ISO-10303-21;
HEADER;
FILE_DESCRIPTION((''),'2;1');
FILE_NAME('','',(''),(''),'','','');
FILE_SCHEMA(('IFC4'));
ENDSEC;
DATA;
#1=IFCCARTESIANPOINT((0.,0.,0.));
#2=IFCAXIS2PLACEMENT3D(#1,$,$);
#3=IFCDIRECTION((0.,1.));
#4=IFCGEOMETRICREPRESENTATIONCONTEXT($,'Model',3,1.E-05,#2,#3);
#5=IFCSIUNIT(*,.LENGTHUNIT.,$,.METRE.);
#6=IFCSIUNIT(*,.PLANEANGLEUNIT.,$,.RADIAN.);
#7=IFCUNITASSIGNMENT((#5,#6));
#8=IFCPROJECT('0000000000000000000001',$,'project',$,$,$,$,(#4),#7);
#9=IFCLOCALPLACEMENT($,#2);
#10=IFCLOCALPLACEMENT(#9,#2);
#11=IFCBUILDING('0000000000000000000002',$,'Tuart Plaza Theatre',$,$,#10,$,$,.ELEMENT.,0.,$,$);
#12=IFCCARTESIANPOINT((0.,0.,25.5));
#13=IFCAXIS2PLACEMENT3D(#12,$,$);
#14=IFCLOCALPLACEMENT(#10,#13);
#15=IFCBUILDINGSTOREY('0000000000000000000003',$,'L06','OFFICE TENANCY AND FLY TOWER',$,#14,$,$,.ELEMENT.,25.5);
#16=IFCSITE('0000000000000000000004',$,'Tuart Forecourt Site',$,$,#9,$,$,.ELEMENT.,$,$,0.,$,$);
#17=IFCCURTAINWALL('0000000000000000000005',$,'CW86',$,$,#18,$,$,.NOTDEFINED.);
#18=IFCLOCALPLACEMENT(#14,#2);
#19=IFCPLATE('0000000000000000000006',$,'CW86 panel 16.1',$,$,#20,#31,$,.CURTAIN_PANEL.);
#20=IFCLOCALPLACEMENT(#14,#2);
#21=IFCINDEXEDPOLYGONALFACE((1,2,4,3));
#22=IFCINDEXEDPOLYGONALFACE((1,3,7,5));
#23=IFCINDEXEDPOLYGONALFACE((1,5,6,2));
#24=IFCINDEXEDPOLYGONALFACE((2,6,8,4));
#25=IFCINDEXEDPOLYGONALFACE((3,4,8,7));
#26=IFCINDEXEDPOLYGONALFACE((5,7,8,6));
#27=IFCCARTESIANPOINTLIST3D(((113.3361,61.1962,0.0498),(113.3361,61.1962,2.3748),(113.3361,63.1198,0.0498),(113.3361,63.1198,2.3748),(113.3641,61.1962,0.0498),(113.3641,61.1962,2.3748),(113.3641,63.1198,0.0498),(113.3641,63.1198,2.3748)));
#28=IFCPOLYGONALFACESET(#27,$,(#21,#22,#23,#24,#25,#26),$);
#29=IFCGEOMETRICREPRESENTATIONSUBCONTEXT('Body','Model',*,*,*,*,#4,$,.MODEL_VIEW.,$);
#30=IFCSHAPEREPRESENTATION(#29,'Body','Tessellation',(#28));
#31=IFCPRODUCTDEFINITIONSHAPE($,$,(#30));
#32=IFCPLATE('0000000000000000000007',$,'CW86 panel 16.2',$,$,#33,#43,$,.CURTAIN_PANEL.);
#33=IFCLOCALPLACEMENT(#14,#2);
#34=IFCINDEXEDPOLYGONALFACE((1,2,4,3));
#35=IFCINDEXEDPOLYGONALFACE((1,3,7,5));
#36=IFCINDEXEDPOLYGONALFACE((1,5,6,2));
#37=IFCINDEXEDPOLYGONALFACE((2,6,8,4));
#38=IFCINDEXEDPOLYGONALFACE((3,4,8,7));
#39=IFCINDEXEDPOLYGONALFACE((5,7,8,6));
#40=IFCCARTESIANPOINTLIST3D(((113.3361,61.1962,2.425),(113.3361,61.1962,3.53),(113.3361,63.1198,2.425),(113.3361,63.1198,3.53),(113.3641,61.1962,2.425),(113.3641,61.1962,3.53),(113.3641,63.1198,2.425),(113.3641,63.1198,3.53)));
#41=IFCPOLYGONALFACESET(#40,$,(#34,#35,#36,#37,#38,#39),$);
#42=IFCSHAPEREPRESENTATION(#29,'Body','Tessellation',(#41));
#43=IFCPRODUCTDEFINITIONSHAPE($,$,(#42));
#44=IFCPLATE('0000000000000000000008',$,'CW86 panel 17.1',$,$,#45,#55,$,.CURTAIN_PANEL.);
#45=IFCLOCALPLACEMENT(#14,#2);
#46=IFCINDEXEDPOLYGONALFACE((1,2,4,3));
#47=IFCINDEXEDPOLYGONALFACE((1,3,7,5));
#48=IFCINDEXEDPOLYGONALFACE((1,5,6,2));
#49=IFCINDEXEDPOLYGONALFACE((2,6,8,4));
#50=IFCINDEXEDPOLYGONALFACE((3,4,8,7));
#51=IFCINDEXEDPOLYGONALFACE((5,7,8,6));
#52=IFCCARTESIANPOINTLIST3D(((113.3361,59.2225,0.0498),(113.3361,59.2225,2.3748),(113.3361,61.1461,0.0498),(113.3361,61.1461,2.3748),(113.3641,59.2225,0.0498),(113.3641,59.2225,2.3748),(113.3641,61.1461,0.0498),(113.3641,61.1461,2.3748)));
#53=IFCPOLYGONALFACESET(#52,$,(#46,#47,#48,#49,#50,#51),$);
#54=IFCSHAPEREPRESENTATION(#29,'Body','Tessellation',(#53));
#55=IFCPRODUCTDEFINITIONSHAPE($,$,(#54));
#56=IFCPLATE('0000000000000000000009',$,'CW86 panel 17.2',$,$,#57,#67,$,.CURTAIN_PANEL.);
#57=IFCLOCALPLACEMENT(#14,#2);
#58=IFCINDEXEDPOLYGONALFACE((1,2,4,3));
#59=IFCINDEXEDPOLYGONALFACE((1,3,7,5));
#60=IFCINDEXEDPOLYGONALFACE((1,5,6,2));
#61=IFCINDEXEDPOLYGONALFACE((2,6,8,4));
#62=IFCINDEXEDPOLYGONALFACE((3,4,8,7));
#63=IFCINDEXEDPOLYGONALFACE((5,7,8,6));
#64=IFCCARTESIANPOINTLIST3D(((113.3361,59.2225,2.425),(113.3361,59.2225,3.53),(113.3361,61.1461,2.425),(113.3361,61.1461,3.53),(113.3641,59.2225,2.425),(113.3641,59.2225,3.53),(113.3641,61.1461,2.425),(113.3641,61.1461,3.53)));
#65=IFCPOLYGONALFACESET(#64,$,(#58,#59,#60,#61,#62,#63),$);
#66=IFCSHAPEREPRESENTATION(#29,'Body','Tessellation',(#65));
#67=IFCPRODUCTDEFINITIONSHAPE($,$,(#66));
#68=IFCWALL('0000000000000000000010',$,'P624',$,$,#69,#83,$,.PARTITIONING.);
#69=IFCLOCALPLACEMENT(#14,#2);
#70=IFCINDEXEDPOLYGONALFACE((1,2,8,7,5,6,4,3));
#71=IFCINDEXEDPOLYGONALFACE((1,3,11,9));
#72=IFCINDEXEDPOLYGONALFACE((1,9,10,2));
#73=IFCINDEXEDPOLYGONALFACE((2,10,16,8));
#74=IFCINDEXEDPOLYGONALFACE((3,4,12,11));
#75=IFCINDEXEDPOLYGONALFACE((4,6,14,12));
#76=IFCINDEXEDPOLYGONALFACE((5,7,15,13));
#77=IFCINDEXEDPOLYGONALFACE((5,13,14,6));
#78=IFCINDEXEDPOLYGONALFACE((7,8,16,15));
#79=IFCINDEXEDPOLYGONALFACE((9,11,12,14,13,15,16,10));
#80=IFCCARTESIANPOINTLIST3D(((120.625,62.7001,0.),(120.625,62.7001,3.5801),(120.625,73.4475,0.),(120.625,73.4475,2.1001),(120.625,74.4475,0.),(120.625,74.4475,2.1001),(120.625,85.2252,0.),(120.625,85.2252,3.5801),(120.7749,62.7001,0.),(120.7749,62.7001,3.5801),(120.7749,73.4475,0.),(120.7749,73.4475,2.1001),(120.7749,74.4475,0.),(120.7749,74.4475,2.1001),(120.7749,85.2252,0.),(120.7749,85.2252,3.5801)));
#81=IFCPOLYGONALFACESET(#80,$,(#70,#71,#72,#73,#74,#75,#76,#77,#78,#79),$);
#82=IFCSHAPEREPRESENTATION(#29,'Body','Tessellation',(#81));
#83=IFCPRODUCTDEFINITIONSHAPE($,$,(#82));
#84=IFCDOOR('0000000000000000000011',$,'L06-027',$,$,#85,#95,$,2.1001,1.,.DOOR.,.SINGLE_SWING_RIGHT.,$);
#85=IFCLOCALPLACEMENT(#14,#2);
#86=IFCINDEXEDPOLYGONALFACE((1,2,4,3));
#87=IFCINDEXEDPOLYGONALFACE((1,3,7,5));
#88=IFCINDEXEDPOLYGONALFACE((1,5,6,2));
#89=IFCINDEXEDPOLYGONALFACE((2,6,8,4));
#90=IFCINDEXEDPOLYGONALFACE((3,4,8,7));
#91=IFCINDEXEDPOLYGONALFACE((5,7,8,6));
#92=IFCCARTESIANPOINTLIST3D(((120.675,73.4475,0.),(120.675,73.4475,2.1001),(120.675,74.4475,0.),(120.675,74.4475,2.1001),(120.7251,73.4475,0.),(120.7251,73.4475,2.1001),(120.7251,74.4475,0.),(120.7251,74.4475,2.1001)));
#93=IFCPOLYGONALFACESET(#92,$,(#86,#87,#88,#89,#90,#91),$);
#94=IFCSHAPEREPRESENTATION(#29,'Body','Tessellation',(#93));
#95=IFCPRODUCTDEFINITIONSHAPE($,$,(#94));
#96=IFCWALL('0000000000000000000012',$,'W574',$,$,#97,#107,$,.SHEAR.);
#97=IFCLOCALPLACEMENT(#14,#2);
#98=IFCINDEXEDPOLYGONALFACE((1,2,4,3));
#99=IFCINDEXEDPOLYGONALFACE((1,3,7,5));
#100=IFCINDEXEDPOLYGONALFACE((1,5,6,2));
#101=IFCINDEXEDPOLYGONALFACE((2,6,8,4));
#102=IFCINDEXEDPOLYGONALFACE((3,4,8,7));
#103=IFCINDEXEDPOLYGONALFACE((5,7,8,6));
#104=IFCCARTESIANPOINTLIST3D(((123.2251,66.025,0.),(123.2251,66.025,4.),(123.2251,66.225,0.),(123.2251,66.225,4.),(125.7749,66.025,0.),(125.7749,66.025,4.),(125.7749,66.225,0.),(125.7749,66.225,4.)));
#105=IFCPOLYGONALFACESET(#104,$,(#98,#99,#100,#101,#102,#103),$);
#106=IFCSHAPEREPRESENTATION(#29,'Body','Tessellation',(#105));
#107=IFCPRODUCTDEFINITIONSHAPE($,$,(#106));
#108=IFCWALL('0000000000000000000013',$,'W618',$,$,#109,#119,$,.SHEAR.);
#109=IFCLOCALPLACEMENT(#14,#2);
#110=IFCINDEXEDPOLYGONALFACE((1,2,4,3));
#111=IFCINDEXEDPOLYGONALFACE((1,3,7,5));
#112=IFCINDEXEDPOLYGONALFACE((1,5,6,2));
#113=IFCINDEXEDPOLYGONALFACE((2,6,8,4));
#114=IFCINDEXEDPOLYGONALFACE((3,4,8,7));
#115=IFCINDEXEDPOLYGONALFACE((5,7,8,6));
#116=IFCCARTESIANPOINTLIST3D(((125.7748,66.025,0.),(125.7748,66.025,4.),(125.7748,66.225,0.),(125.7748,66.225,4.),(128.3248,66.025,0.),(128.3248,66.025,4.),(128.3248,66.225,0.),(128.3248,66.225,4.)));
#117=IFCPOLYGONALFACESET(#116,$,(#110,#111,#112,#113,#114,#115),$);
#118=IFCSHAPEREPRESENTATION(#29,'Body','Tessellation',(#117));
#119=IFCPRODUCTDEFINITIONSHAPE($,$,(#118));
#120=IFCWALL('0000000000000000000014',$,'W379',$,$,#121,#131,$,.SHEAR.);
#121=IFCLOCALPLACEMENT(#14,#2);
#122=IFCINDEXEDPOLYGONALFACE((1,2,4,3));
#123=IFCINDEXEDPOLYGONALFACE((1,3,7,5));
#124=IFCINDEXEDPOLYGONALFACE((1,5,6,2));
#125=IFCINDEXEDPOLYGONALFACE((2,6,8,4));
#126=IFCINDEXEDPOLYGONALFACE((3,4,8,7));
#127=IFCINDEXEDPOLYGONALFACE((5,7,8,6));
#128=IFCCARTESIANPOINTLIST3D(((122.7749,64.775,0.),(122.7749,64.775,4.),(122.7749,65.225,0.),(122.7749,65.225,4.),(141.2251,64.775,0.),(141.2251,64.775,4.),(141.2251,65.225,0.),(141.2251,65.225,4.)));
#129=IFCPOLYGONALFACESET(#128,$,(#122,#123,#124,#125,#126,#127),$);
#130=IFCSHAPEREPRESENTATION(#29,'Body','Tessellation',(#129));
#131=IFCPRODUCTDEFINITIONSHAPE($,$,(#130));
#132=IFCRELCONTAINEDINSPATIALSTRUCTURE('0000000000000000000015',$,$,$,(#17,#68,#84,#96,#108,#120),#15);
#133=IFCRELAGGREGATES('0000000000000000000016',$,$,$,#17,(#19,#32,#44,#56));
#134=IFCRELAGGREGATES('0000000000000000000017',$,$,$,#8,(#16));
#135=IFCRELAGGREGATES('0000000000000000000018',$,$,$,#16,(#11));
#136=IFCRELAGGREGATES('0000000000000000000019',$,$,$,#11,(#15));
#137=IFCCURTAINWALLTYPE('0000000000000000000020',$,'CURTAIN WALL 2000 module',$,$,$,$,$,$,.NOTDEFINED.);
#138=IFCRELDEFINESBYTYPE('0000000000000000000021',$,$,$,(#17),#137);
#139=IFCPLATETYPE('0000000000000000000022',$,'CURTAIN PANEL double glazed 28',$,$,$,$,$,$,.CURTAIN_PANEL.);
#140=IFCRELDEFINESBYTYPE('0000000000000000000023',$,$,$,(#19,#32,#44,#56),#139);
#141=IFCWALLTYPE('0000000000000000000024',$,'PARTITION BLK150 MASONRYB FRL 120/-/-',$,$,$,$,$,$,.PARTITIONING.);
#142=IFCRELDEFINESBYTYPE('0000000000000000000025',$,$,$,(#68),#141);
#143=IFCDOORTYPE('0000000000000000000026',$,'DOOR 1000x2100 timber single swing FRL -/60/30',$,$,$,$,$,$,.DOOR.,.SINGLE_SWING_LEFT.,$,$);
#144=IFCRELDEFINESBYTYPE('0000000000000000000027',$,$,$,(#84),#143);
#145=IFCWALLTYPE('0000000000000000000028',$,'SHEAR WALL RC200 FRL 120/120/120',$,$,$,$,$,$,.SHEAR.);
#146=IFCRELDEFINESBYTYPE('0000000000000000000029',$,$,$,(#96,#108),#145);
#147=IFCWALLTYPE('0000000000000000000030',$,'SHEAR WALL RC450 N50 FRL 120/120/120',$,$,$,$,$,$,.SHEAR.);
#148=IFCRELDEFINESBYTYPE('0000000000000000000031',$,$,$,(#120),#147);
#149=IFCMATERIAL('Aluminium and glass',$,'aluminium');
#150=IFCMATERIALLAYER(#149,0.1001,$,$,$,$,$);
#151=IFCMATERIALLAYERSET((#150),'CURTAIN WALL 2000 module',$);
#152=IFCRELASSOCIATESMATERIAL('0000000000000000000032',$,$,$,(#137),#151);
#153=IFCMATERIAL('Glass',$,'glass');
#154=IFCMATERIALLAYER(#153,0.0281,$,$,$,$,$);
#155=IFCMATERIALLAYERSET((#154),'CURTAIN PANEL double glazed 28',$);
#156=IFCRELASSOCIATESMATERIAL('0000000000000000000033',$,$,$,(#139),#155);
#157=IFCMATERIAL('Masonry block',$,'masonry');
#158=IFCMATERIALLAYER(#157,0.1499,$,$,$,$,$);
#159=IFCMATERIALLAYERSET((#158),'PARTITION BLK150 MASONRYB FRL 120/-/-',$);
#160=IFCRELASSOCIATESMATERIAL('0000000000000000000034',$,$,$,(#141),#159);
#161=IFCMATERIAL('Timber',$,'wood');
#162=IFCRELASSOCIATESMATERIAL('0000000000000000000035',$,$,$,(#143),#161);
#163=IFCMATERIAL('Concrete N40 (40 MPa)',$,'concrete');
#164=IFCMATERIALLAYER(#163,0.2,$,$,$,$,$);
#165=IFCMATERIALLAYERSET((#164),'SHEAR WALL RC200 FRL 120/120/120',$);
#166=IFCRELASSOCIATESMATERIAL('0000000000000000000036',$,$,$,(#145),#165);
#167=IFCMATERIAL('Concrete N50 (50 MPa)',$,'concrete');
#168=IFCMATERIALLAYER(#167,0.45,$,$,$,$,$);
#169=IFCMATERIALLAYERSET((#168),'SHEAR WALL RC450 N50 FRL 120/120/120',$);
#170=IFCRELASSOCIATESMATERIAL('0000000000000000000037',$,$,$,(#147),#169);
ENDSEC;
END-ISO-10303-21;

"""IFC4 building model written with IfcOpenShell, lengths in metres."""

from ifc_helpers import new_model, si_unit, direction, frame, frame_2d, origin, origin_2d, place, context, subcontext, project, spatial, rectangle, extrude, material, layer, layer_set, type_object, element, fill, aggregate, save


model = new_model("IFC4")

# Units and contexts
model_context = context("Model", 3, precision=1e-05, world=origin(), true_north=direction((0.0, 1.0)))
body_context = subcontext(model_context, "Body", "Model", "MODEL_VIEW")
ifc_project = project(units=[si_unit("LENGTHUNIT", "METRE"), si_unit("PLANEANGLEUNIT", "RADIAN")], contexts=[model_context])

# Site, building, storey
site_placement = place(None, origin())
site = spatial("IfcSite", under=ifc_project, at=site_placement, Name="Tuart Forecourt Site", CompositionType="ELEMENT", RefElevation=0.0)
building_placement = place(site_placement, origin())
building = spatial("IfcBuilding", under=site, at=building_placement, Name="Tuart Plaza Theatre", CompositionType="ELEMENT", ElevationOfRefHeight=0.0)
storey_placement = place(building_placement, frame((0.0, 0.0, 25.5)))
storey = spatial("IfcBuildingStorey", under=building, at=storey_placement, Name="L06", Description="OFFICE TENANCY AND FLY TOWER", CompositionType="ELEMENT", Elevation=25.5)

# Curtain wall, plates
ifc_material_1 = material(Name="Aluminium and glass", Category="aluminium")
ifc_layer_1 = layer(ifc_material_1, 0.1001)
ifc_layer_set_1 = layer_set([ifc_layer_1], Name="CURTAIN WALL 2000 module")
curtain_wall_type = type_object("IfcCurtainWallType", Name="CURTAIN WALL 2000 module", PredefinedType="NOTDEFINED", material=ifc_layer_set_1)
curtain_wall_placement = place(storey_placement, origin())
curtain_wall = element("IfcCurtainWall", 1, at=curtain_wall_placement, inside=storey, type_object=curtain_wall_type, Name="CW86", PredefinedType="NOTDEFINED")
ifc_material_2 = material(Name="Glass", Category="glass")
ifc_layer_2 = layer(ifc_material_2, 0.0281)
ifc_layer_set_2 = layer_set([ifc_layer_2], Name="CURTAIN PANEL double glazed 28")
plate_type = type_object("IfcPlateType", Name="CURTAIN PANEL double glazed 28", PredefinedType="CURTAIN_PANEL", material=ifc_layer_set_2)
plate_1_placement = place(storey_placement, frame((113.3501, 62.158, 0.0498), z_axis=(0.0, 0.0, 1.0), x_axis=(0.0, -1.0, 0.0)))
plate_1 = element("IfcPlate", 2, at=plate_1_placement, type_object=plate_type, Name="CW86 panel 16.1", PredefinedType="CURTAIN_PANEL", context=body_context, shape_type="SweptSolid", body=[
    extrude(rectangle(XDim=1.9236, YDim=0.0281, at=origin_2d()), origin(), (0.0, 0.0, 1.0), 2.325),
])
plate_2_placement = place(storey_placement, frame((113.3501, 62.158, 2.425), z_axis=(0.0, 0.0, 1.0), x_axis=(0.0, -1.0, 0.0)))
plate_2 = element("IfcPlate", 3, at=plate_2_placement, type_object=plate_type, Name="CW86 panel 16.2", PredefinedType="CURTAIN_PANEL", context=body_context, shape_type="SweptSolid", body=[
    extrude(rectangle(XDim=1.9236, YDim=0.0281, at=origin_2d()), origin(), (0.0, 0.0, 1.0), 1.105),
])
plate_3_placement = place(storey_placement, frame((113.3501, 60.1843, 0.0498), z_axis=(0.0, 0.0, 1.0), x_axis=(0.0, -1.0, 0.0)))
plate_3 = element("IfcPlate", 4, at=plate_3_placement, type_object=plate_type, Name="CW86 panel 17.1", PredefinedType="CURTAIN_PANEL", context=body_context, shape_type="SweptSolid", body=[
    extrude(rectangle(XDim=1.9236, YDim=0.0281, at=origin_2d()), origin(), (0.0, 0.0, 1.0), 2.325),
])
plate_4_placement = place(storey_placement, frame((113.3501, 60.1843, 2.425), z_axis=(0.0, 0.0, 1.0), x_axis=(0.0, -1.0, 0.0)))
plate_4 = element("IfcPlate", 5, at=plate_4_placement, type_object=plate_type, Name="CW86 panel 17.2", PredefinedType="CURTAIN_PANEL", context=body_context, shape_type="SweptSolid", body=[
    extrude(rectangle(XDim=1.9236, YDim=0.0281, at=origin_2d()), origin(), (0.0, 0.0, 1.0), 1.105),
])
aggregate(curtain_wall, [plate_1, plate_2, plate_3, plate_4])

# Wall, opening, door
ifc_material_3 = material(Name="Masonry block", Category="masonry")
ifc_layer_3 = layer(ifc_material_3, 0.1499)
ifc_layer_set_3 = layer_set([ifc_layer_3], Name="PARTITION BLK150 MASONRYB FRL 120/-/-")
wall_type_1 = type_object("IfcWallType", Name="PARTITION BLK150 MASONRYB FRL 120/-/-", PredefinedType="PARTITIONING", material=ifc_layer_set_3)
wall_1_placement = place(storey_placement, frame((120.7, 62.7, 0.0), z_axis=(0.0, 0.0, 1.0), x_axis=(0.0, 1.0, 0.0)))
wall_1 = element("IfcWall", 6, at=wall_1_placement, inside=storey, type_object=wall_type_1, Name="P624", PredefinedType="PARTITIONING", context=body_context, shape_type="SweptSolid", body=[
    extrude(rectangle(XDim=22.5251, YDim=0.1499, at=frame_2d((11.2627, 0.0))), origin(), (0.0, 0.0, 1.0), 3.5801),
])
opening_placement = place(wall_1_placement, frame((10.7476, 0.0, 0.0)))
opening = element("IfcOpeningElement", 7, at=opening_placement, cuts=wall_1, PredefinedType="OPENING", context=body_context, shape_type="SweptSolid", body=[
    extrude(rectangle(XDim=1.0, YDim=2.1001, at=frame_2d((0.5, 1.05))), frame((0.0, 0.085, 0.0), z_axis=(0.0, -1.0, 0.0), x_axis=(1.0, 0.0, 0.0)), (0.0, 0.0, 1.0), 0.1699),
])
ifc_material_4 = material(Name="Timber", Category="wood")
door_type = type_object("IfcDoorType", Name="DOOR 1000x2100 timber single swing FRL -/60/30", OperationType="SINGLE_SWING_LEFT", PredefinedType="DOOR", material=ifc_material_4)
door_placement = place(opening_placement, origin())
door = element("IfcDoor", 8, at=door_placement, inside=storey, type_object=door_type, Name="L06-027", OperationType="SINGLE_SWING_RIGHT", OverallHeight=2.1001, OverallWidth=1.0, PredefinedType="DOOR", context=body_context, shape_type="SweptSolid", body=[
    extrude(rectangle(XDim=1.0, YDim=2.1001, at=frame_2d((0.5, 1.05))), frame((0.0, 0.0249, 0.0), z_axis=(0.0, -1.0, 0.0), x_axis=(1.0, 0.0, 0.0)), (0.0, 0.0, 1.0), 0.05),
])
fill(opening, door)

# Walls
ifc_material_5 = material(Name="Concrete N40 (40 MPa)", Category="concrete")
ifc_layer_4 = layer(ifc_material_5, 0.2)
ifc_layer_set_4 = layer_set([ifc_layer_4], Name="SHEAR WALL RC200 FRL 120/120/120")
wall_type_2 = type_object("IfcWallType", Name="SHEAR WALL RC200 FRL 120/120/120", PredefinedType="SHEAR", material=ifc_layer_set_4)
wall_2_placement = place(storey_placement, frame((123.2251, 66.125, 0.0), z_axis=(0.0, 0.0, 1.0), x_axis=(1.0, 0.0, 0.0)))
element("IfcWall", 9, at=wall_2_placement, inside=storey, type_object=wall_type_2, Name="W574", PredefinedType="SHEAR", context=body_context, shape_type="SweptSolid", body=[
    extrude(rectangle(XDim=2.5498, YDim=0.2, at=frame_2d((1.2749, 0.0))), origin(), (0.0, 0.0, 1.0), 4.0),
])
wall_3_placement = place(storey_placement, frame((125.7749, 66.125, 0.0), z_axis=(0.0, 0.0, 1.0), x_axis=(1.0, 0.0, 0.0)))
element("IfcWall", 10, at=wall_3_placement, inside=storey, type_object=wall_type_2, Name="W618", PredefinedType="SHEAR", context=body_context, shape_type="SweptSolid", body=[
    extrude(rectangle(XDim=2.55, YDim=0.2, at=frame_2d((1.2749, 0.0))), origin(), (0.0, 0.0, 1.0), 4.0),
])
ifc_material_6 = material(Name="Concrete N50 (50 MPa)", Category="concrete")
ifc_layer_5 = layer(ifc_material_6, 0.45)
ifc_layer_set_5 = layer_set([ifc_layer_5], Name="SHEAR WALL RC450 N50 FRL 120/120/120")
wall_type_3 = type_object("IfcWallType", Name="SHEAR WALL RC450 N50 FRL 120/120/120", PredefinedType="SHEAR", material=ifc_layer_set_5)
wall_4_placement = place(storey_placement, frame((122.7749, 65.0, 0.0), z_axis=(0.0, 0.0, 1.0), x_axis=(1.0, 0.0, 0.0)))
element("IfcWall", 11, at=wall_4_placement, inside=storey, type_object=wall_type_3, Name="W379", PredefinedType="SHEAR", context=body_context, shape_type="SweptSolid", body=[
    extrude(rectangle(XDim=18.4502, YDim=0.45, at=frame_2d((9.2251, 0.0))), origin(), (0.0, 0.0, 1.0), 4.0),
])

save(model, "model.ifc")
